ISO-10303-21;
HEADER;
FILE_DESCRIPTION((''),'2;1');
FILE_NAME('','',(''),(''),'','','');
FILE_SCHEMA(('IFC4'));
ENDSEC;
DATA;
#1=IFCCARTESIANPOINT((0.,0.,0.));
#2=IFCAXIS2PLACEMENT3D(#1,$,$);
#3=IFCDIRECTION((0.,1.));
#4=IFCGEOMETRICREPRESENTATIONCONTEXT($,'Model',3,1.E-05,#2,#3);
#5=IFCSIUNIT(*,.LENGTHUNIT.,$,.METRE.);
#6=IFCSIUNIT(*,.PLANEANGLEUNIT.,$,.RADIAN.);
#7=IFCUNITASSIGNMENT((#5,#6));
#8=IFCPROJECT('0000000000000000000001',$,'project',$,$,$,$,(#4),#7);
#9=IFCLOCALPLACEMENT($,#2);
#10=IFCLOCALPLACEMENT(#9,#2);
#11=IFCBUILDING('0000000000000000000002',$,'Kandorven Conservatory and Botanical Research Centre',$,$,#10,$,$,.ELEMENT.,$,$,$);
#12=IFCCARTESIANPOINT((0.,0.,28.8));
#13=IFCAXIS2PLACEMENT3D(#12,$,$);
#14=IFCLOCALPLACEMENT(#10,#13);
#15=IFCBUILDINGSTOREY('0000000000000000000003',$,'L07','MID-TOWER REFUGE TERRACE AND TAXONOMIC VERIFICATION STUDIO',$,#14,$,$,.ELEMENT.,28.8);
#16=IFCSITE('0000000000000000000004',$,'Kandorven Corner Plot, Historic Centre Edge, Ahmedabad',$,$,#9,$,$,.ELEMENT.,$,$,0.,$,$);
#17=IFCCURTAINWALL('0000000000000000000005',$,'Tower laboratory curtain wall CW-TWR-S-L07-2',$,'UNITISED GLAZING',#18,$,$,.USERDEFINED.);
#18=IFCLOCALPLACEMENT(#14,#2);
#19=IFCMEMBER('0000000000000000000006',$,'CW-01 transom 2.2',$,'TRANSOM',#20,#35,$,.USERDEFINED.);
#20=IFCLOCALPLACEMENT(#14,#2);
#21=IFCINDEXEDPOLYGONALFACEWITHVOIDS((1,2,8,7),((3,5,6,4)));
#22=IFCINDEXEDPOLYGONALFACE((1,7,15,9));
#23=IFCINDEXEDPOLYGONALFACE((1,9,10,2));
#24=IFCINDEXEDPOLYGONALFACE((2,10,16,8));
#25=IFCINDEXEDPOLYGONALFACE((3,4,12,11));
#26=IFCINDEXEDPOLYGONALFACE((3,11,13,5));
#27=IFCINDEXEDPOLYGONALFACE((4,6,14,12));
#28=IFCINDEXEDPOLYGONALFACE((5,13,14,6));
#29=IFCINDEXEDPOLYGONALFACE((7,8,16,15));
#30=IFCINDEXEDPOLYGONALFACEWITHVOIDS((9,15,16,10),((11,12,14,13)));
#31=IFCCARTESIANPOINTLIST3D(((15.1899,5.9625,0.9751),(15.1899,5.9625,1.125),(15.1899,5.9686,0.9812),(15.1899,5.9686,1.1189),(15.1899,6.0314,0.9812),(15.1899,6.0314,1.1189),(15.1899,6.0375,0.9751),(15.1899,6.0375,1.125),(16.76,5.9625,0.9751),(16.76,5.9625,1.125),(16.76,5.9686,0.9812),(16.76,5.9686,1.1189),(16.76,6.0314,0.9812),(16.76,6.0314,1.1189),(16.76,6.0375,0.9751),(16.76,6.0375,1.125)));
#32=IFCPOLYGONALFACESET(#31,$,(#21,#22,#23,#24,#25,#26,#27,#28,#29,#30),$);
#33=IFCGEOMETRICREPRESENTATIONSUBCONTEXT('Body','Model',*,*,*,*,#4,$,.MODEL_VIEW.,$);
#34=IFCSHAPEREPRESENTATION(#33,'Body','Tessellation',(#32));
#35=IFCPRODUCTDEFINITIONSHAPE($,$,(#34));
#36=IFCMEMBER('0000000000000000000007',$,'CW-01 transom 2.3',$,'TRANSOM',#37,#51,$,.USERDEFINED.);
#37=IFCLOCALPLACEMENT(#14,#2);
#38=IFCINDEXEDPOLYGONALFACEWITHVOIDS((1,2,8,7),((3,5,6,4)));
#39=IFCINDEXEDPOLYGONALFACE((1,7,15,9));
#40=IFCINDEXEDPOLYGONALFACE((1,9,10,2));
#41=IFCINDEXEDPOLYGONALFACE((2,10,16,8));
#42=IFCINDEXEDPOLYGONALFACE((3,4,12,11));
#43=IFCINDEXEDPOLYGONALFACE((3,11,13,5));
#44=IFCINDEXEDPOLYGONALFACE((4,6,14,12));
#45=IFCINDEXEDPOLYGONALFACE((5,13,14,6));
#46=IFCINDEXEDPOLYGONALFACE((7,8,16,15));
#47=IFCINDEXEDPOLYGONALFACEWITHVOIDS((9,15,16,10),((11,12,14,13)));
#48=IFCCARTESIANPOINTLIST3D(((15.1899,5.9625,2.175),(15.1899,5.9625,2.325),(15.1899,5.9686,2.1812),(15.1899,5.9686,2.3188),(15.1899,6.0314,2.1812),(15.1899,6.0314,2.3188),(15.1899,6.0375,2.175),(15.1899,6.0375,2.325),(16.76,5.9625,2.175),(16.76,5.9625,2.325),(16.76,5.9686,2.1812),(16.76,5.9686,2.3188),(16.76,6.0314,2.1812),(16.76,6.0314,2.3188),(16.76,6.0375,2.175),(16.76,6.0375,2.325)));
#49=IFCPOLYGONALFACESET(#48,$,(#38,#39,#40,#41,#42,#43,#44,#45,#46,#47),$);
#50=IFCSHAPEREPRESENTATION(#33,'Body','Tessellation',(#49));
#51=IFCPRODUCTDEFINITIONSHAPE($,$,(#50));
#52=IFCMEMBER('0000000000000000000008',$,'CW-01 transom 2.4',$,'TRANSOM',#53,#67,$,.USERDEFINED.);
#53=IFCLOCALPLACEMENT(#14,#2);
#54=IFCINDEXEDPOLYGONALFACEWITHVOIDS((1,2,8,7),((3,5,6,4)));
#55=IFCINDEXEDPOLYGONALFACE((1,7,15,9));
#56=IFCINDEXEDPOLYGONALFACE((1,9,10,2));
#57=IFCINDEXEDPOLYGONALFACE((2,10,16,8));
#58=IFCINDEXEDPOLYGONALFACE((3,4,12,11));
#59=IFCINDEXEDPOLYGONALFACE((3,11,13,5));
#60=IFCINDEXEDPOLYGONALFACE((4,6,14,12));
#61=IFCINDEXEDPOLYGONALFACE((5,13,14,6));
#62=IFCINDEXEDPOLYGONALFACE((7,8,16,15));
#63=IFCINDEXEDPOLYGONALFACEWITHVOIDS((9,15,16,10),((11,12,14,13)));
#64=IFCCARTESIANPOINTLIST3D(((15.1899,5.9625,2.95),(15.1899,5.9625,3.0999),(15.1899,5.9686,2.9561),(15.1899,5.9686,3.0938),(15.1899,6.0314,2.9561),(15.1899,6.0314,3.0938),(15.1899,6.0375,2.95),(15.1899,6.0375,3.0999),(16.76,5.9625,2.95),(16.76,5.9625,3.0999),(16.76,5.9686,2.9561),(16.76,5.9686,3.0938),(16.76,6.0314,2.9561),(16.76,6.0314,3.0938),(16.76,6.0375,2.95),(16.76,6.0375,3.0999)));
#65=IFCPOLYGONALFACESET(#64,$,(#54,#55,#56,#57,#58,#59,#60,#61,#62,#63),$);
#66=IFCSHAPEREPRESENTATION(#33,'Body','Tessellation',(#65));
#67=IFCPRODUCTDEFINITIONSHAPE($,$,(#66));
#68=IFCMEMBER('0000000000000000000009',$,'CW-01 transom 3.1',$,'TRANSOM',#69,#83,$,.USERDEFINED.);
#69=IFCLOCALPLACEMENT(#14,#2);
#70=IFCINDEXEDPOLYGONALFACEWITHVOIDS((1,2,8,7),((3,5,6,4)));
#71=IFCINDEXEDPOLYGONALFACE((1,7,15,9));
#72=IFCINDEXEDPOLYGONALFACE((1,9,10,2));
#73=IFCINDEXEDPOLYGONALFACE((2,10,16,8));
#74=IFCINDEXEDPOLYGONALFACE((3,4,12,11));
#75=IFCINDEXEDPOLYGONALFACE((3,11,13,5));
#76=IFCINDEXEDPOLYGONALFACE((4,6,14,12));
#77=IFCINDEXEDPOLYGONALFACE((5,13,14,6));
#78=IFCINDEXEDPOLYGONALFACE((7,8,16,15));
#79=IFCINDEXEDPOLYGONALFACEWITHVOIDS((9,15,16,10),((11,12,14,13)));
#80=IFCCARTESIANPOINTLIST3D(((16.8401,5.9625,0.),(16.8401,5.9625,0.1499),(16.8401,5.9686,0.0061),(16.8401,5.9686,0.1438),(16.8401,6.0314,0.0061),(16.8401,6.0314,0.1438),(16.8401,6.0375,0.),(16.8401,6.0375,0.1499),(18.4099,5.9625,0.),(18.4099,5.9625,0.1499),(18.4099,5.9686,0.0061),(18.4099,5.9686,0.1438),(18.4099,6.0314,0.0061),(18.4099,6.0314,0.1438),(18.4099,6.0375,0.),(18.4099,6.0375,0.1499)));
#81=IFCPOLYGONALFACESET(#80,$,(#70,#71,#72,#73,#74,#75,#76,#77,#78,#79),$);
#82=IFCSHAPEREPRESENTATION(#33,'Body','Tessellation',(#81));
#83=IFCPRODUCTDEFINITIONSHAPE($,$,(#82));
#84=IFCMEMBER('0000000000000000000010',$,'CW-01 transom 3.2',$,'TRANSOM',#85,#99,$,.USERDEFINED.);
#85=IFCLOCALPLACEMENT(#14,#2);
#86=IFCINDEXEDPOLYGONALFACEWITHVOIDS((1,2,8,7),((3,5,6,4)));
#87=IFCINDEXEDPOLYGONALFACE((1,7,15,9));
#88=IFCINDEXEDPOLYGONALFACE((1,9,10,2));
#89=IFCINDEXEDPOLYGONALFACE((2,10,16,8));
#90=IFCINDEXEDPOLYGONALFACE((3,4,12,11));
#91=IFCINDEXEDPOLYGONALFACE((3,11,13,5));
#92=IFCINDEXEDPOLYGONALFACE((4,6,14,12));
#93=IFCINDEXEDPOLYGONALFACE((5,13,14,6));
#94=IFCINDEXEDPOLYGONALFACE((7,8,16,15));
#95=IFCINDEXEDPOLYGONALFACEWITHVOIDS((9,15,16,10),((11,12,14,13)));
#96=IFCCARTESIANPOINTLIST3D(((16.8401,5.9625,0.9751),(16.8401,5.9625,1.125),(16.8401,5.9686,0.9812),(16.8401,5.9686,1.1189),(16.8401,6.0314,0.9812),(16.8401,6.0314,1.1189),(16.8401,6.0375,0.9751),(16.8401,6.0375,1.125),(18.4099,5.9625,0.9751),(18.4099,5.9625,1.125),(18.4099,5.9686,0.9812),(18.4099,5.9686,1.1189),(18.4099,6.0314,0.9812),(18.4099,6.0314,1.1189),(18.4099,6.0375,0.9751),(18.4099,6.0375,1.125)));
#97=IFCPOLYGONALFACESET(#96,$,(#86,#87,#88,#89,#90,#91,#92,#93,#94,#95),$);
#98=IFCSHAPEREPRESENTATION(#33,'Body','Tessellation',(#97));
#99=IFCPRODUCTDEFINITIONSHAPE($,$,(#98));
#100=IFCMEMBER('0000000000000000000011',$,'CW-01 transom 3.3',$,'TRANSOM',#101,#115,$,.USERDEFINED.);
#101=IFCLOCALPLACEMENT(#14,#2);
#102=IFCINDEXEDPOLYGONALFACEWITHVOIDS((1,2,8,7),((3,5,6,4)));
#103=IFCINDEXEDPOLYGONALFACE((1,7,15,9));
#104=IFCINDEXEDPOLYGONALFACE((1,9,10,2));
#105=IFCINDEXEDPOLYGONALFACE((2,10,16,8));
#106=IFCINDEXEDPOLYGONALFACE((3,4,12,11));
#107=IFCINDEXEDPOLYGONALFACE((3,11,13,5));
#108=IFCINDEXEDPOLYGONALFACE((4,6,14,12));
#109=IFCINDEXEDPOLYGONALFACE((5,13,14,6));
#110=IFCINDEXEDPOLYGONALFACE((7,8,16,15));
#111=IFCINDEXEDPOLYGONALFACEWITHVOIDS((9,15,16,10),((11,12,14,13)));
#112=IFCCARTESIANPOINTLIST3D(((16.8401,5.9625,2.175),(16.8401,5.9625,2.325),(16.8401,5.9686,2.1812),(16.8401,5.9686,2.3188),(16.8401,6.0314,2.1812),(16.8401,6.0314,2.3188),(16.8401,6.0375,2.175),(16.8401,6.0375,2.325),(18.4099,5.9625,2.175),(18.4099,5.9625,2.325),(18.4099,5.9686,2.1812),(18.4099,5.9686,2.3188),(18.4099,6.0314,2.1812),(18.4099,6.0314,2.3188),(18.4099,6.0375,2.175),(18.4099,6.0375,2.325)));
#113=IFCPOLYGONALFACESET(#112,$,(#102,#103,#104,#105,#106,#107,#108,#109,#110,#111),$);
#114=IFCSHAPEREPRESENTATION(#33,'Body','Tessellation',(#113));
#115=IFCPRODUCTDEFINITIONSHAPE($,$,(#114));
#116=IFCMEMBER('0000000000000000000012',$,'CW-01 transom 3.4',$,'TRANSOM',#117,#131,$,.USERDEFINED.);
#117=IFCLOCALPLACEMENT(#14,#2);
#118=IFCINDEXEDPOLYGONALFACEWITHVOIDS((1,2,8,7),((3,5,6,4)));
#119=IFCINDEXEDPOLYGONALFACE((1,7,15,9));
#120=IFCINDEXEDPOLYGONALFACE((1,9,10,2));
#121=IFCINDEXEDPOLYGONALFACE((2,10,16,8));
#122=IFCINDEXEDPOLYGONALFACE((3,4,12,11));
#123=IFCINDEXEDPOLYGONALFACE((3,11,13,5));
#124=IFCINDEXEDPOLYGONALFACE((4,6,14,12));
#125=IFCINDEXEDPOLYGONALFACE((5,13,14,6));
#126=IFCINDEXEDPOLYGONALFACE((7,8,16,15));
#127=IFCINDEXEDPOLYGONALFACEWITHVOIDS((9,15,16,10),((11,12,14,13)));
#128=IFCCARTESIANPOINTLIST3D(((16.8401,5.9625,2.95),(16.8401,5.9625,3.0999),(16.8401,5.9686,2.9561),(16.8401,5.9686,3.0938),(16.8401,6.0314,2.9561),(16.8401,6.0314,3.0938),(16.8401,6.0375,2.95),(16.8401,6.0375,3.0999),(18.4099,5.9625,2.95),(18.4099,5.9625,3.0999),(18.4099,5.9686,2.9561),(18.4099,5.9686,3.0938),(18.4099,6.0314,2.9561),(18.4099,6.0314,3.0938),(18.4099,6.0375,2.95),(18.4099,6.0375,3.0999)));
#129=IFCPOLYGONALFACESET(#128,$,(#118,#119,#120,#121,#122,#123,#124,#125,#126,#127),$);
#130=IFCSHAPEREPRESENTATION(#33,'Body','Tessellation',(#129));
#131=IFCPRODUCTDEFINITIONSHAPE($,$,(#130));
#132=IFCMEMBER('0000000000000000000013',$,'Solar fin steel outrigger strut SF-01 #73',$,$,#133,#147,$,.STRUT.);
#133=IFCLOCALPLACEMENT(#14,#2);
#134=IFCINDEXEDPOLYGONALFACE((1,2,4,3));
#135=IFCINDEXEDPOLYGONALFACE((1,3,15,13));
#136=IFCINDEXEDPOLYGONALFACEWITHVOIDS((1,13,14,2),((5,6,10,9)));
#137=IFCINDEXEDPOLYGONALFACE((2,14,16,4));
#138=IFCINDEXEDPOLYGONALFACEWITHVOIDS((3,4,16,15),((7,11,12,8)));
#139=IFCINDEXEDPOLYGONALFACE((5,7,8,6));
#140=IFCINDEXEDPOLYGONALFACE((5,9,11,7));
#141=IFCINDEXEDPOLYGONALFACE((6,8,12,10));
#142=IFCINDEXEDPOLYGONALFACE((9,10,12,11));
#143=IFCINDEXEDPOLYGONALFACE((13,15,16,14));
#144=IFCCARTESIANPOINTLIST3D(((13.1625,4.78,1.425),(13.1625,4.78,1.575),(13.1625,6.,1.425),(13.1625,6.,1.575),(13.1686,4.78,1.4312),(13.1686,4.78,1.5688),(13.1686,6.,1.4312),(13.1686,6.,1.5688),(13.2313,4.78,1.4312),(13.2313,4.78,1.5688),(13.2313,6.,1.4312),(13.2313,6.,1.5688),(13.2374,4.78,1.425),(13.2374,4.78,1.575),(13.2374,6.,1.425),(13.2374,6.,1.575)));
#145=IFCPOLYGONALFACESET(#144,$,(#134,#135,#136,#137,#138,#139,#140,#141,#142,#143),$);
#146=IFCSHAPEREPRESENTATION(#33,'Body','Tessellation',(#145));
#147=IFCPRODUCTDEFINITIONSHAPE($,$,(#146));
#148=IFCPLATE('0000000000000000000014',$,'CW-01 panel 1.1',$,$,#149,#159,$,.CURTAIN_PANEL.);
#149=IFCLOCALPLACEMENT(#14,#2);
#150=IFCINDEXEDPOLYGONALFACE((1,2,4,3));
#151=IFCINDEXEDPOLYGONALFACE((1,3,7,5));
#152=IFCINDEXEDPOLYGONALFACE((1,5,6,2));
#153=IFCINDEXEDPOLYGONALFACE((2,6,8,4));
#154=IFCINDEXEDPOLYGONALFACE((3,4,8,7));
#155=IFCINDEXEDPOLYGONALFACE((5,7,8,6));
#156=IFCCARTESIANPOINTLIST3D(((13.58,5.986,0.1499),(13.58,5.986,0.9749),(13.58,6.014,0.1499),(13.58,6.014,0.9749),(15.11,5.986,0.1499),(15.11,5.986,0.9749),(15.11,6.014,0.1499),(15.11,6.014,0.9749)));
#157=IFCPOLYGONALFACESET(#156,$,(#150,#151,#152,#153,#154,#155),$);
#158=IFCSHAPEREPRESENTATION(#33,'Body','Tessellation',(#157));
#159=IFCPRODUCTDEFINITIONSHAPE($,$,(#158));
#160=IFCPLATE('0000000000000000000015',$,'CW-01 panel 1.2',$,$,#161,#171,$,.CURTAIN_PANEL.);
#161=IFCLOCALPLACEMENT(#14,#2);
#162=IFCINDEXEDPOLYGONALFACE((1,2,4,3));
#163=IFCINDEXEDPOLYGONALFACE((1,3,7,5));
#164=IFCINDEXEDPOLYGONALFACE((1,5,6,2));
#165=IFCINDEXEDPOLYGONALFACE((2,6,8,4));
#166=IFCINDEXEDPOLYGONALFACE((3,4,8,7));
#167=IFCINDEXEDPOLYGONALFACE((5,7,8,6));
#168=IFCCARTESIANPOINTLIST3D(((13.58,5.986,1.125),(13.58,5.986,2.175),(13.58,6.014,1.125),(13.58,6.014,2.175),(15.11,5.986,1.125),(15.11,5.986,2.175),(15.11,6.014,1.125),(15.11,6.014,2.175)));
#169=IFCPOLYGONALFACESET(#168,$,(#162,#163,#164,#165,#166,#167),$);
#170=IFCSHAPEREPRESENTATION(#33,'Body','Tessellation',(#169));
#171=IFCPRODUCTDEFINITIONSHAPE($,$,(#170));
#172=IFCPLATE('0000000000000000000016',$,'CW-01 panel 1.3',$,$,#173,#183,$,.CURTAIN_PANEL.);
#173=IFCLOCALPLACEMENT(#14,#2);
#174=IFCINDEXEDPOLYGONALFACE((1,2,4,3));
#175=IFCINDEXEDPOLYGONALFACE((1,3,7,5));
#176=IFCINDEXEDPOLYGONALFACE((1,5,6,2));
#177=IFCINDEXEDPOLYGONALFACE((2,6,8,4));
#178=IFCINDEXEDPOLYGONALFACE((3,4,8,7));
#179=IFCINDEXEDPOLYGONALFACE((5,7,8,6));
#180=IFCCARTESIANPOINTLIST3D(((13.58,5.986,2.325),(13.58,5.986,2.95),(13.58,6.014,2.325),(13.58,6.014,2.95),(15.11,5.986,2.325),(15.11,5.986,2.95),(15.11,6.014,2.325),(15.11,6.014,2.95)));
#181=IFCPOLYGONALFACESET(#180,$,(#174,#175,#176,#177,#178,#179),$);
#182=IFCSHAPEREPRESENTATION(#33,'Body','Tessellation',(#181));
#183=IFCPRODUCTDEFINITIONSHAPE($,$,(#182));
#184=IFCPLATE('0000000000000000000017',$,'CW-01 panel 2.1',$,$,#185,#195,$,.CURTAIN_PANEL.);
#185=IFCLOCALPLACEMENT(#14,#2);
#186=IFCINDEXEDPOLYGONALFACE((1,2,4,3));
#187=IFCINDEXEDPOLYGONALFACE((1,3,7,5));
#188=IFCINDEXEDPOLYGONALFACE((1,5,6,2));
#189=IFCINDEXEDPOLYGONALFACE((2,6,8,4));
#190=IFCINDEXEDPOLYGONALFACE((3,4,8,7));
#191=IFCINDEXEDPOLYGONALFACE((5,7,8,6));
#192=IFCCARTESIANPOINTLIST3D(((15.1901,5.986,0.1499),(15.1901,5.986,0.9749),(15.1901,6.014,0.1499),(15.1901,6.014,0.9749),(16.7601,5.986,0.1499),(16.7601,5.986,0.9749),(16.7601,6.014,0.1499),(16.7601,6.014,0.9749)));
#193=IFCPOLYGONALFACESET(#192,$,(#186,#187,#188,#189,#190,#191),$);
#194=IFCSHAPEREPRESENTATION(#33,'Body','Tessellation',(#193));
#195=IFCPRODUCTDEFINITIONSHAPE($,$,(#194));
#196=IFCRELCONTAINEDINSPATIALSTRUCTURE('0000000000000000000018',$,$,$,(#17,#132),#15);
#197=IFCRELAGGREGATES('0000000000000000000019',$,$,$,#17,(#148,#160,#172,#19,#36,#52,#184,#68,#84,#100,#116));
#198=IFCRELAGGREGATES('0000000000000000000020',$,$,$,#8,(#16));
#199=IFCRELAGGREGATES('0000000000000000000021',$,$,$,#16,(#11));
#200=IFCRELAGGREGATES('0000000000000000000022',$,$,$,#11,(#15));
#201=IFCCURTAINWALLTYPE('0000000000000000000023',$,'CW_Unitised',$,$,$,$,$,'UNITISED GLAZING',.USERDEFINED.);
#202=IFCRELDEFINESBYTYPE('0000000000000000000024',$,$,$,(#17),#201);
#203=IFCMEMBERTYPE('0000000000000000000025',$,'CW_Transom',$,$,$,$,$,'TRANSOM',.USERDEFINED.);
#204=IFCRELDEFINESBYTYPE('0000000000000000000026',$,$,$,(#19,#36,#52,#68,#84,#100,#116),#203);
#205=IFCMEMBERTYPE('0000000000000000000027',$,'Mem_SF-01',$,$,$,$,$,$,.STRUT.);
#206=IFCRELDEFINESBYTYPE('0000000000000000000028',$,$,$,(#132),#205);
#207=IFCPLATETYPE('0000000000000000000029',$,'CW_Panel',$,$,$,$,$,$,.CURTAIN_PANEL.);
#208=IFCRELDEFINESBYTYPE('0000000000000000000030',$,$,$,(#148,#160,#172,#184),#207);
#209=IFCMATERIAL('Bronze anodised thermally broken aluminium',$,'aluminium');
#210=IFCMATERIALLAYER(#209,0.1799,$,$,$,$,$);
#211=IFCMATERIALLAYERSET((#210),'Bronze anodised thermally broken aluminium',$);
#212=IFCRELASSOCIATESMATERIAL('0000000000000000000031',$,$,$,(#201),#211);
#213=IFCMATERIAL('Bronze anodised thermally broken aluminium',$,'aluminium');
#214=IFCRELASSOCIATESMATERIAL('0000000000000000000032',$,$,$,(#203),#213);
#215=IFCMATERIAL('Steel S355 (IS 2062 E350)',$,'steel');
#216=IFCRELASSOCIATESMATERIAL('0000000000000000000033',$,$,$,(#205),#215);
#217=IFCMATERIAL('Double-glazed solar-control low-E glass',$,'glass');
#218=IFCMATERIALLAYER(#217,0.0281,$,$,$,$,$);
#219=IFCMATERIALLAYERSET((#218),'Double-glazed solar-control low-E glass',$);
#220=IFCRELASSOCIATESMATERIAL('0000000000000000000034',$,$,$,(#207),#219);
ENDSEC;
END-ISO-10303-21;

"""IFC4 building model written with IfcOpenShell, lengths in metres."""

from ifc_helpers import new_model, si_unit, direction, frame, origin, origin_2d, place, context, subcontext, project, spatial, rectangle, hollow_rectangle, extrude, material, layer, layer_set, material_profile, profile_set, type_object, element, aggregate, save


model = new_model("IFC4")

# Units and contexts
model_context = context("Model", 3, precision=1e-05, world=origin(), true_north=direction((0.0, 1.0)))
body_context = subcontext(model_context, "Body", "Model", "MODEL_VIEW")
ifc_project = project(units=[si_unit("LENGTHUNIT", "METRE"), si_unit("PLANEANGLEUNIT", "RADIAN")], contexts=[model_context])

# Site, building, storey
site_placement = place(None, origin())
site = spatial("IfcSite", under=ifc_project, at=site_placement, Name="Kandorven Corner Plot, Historic Centre Edge, Ahmedabad", CompositionType="ELEMENT", RefElevation=0.0)
building_placement = place(site_placement, origin())
building = spatial("IfcBuilding", under=site, at=building_placement, Name="Kandorven Conservatory and Botanical Research Centre", CompositionType="ELEMENT")
storey_placement = place(building_placement, frame((0.0, 0.0, 28.8)))
storey = spatial("IfcBuildingStorey", under=building, at=storey_placement, Name="L07", Description="MID-TOWER REFUGE TERRACE AND TAXONOMIC VERIFICATION STUDIO", CompositionType="ELEMENT", Elevation=28.8)

# Curtain wall, members
ifc_material_1 = material(Name="Bronze anodised thermally broken aluminium", Category="aluminium")
ifc_layer_1 = layer(ifc_material_1, 0.1799)
ifc_layer_set_1 = layer_set([ifc_layer_1], Name="Bronze anodised thermally broken aluminium")
curtain_wall_type = type_object("IfcCurtainWallType", Name="CW_Unitised", ElementType="UNITISED GLAZING", PredefinedType="USERDEFINED", material=ifc_layer_set_1)
curtain_wall_placement = place(storey_placement, origin())
curtain_wall = element("IfcCurtainWall", 1, at=curtain_wall_placement, inside=storey, type_object=curtain_wall_type, Name="Tower laboratory curtain wall CW-TWR-S-L07-2", ObjectType="UNITISED GLAZING", PredefinedType="USERDEFINED")
ifc_material_2 = material(Name="Bronze anodised thermally broken aluminium", Category="aluminium")
ifc_material_profile_1 = material_profile(ifc_material_2, hollow_rectangle(XDim=0.075, YDim=0.1499, WallThickness=0.0061, at=origin_2d()))
ifc_profile_set_1 = profile_set([ifc_material_profile_1], Name="Bronze anodised thermally broken aluminium")
member_type_1 = type_object("IfcMemberType", Name="CW_Transom", ElementType="TRANSOM", PredefinedType="USERDEFINED", material=ifc_profile_set_1)
member_1_placement = place(storey_placement, frame((15.1899, 6.0, 1.05), z_axis=(1.0, 0.0, 0.0), x_axis=(0.0, 1.0, 0.0)))
member_1 = element("IfcMember", 2, at=member_1_placement, type_object=member_type_1, Name="CW-01 transom 2.2", ObjectType="TRANSOM", PredefinedType="USERDEFINED", context=body_context, shape_type="SweptSolid", body=[
    extrude(hollow_rectangle(XDim=0.075, YDim=0.1499, WallThickness=0.0061, at=origin_2d()), origin(), (0.0, 0.0, 1.0), 1.5701),
])
member_2_placement = place(storey_placement, frame((15.1899, 6.0, 2.25), z_axis=(1.0, 0.0, 0.0), x_axis=(0.0, 1.0, 0.0)))
member_2 = element("IfcMember", 3, at=member_2_placement, type_object=member_type_1, Name="CW-01 transom 2.3", ObjectType="TRANSOM", PredefinedType="USERDEFINED", context=body_context, shape_type="SweptSolid", body=[
    extrude(hollow_rectangle(XDim=0.075, YDim=0.1499, WallThickness=0.0061, at=origin_2d()), origin(), (0.0, 0.0, 1.0), 1.5701),
])
member_3_placement = place(storey_placement, frame((15.1899, 6.0, 3.0249), z_axis=(1.0, 0.0, 0.0), x_axis=(0.0, 1.0, 0.0)))
member_3 = element("IfcMember", 4, at=member_3_placement, type_object=member_type_1, Name="CW-01 transom 2.4", ObjectType="TRANSOM", PredefinedType="USERDEFINED", context=body_context, shape_type="SweptSolid", body=[
    extrude(hollow_rectangle(XDim=0.075, YDim=0.1499, WallThickness=0.0061, at=origin_2d()), origin(), (0.0, 0.0, 1.0), 1.5701),
])
member_4_placement = place(storey_placement, frame((16.8401, 6.0, 0.075), z_axis=(1.0, 0.0, 0.0), x_axis=(0.0, 1.0, 0.0)))
member_4 = element("IfcMember", 5, at=member_4_placement, type_object=member_type_1, Name="CW-01 transom 3.1", ObjectType="TRANSOM", PredefinedType="USERDEFINED", context=body_context, shape_type="SweptSolid", body=[
    extrude(hollow_rectangle(XDim=0.075, YDim=0.1499, WallThickness=0.0061, at=origin_2d()), origin(), (0.0, 0.0, 1.0), 1.5698),
])
member_5_placement = place(storey_placement, frame((16.8401, 6.0, 1.05), z_axis=(1.0, 0.0, 0.0), x_axis=(0.0, 1.0, 0.0)))
member_5 = element("IfcMember", 6, at=member_5_placement, type_object=member_type_1, Name="CW-01 transom 3.2", ObjectType="TRANSOM", PredefinedType="USERDEFINED", context=body_context, shape_type="SweptSolid", body=[
    extrude(hollow_rectangle(XDim=0.075, YDim=0.1499, WallThickness=0.0061, at=origin_2d()), origin(), (0.0, 0.0, 1.0), 1.5698),
])
member_6_placement = place(storey_placement, frame((16.8401, 6.0, 2.25), z_axis=(1.0, 0.0, 0.0), x_axis=(0.0, 1.0, 0.0)))
member_6 = element("IfcMember", 7, at=member_6_placement, type_object=member_type_1, Name="CW-01 transom 3.3", ObjectType="TRANSOM", PredefinedType="USERDEFINED", context=body_context, shape_type="SweptSolid", body=[
    extrude(hollow_rectangle(XDim=0.075, YDim=0.1499, WallThickness=0.0061, at=origin_2d()), origin(), (0.0, 0.0, 1.0), 1.5698),
])
member_7_placement = place(storey_placement, frame((16.8401, 6.0, 3.0249), z_axis=(1.0, 0.0, 0.0), x_axis=(0.0, 1.0, 0.0)))
member_7 = element("IfcMember", 8, at=member_7_placement, type_object=member_type_1, Name="CW-01 transom 3.4", ObjectType="TRANSOM", PredefinedType="USERDEFINED", context=body_context, shape_type="SweptSolid", body=[
    extrude(hollow_rectangle(XDim=0.075, YDim=0.1499, WallThickness=0.0061, at=origin_2d()), origin(), (0.0, 0.0, 1.0), 1.5698),
])

# Member
ifc_material_3 = material(Name="Steel S355 (IS 2062 E350)", Category="steel")
ifc_material_profile_2 = material_profile(ifc_material_3, hollow_rectangle(XDim=0.075, YDim=0.1499, WallThickness=0.0061, at=origin_2d()))
ifc_profile_set_2 = profile_set([ifc_material_profile_2], Name="Steel S355 (IS 2062 E350)")
member_type_2 = type_object("IfcMemberType", Name="Mem_SF-01", PredefinedType="STRUT", material=ifc_profile_set_2)
member_8_placement = place(storey_placement, frame((13.2, 6.0, 1.5), z_axis=(0.0, -1.0, 0.0), x_axis=(1.0, 0.0, 0.0)))
element("IfcMember", 9, at=member_8_placement, inside=storey, type_object=member_type_2, Name="Solar fin steel outrigger strut SF-01 #73", PredefinedType="STRUT", context=body_context, shape_type="SweptSolid", body=[
    extrude(hollow_rectangle(XDim=0.075, YDim=0.1499, WallThickness=0.0061, at=origin_2d()), origin(), (0.0, 0.0, 1.0), 1.22),
])

# Plates
ifc_material_4 = material(Name="Double-glazed solar-control low-E glass", Category="glass")
ifc_layer_2 = layer(ifc_material_4, 0.0281)
ifc_layer_set_2 = layer_set([ifc_layer_2], Name="Double-glazed solar-control low-E glass")
plate_type_1 = type_object("IfcPlateType", Name="CW_Panel", PredefinedType="CURTAIN_PANEL", material=ifc_layer_set_2)
plate_1_placement = place(storey_placement, frame((14.345, 6.0, 0.1499), z_axis=(0.0, 0.0, 1.0), x_axis=(1.0, 0.0, 0.0)))
plate_1 = element("IfcPlate", 10, at=plate_1_placement, type_object=plate_type_1, Name="CW-01 panel 1.1", PredefinedType="CURTAIN_PANEL", context=body_context, shape_type="SweptSolid", body=[
    extrude(rectangle(XDim=1.53, YDim=0.0281, at=origin_2d()), origin(), (0.0, 0.0, 1.0), 0.825),
])
plate_2_placement = place(storey_placement, frame((14.345, 6.0, 1.125), z_axis=(0.0, 0.0, 1.0), x_axis=(1.0, 0.0, 0.0)))
plate_2 = element("IfcPlate", 11, at=plate_2_placement, type_object=plate_type_1, Name="CW-01 panel 1.2", PredefinedType="CURTAIN_PANEL", context=body_context, shape_type="SweptSolid", body=[
    extrude(rectangle(XDim=1.53, YDim=0.0281, at=origin_2d()), origin(), (0.0, 0.0, 1.0), 1.05),
])
plate_3_placement = place(storey_placement, frame((14.345, 6.0, 2.325), z_axis=(0.0, 0.0, 1.0), x_axis=(1.0, 0.0, 0.0)))
plate_3 = element("IfcPlate", 12, at=plate_3_placement, type_object=plate_type_1, Name="CW-01 panel 1.3", PredefinedType="CURTAIN_PANEL", context=body_context, shape_type="SweptSolid", body=[
    extrude(rectangle(XDim=1.53, YDim=0.0281, at=origin_2d()), origin(), (0.0, 0.0, 1.0), 0.625),
])
plate_4_placement = place(storey_placement, frame((15.9751, 6.0, 0.1499), z_axis=(0.0, 0.0, 1.0), x_axis=(1.0, 0.0, 0.0)))
plate_4 = element("IfcPlate", 13, at=plate_4_placement, type_object=plate_type_1, Name="CW-01 panel 2.1", PredefinedType="CURTAIN_PANEL", context=body_context, shape_type="SweptSolid", body=[
    extrude(rectangle(XDim=1.5701, YDim=0.0281, at=origin_2d()), origin(), (0.0, 0.0, 1.0), 0.825),
])
aggregate(curtain_wall, [plate_1, plate_2, plate_3, member_1, member_2, member_3, plate_4, member_4, member_5, member_6, member_7])

save(model, "model.ifc")
